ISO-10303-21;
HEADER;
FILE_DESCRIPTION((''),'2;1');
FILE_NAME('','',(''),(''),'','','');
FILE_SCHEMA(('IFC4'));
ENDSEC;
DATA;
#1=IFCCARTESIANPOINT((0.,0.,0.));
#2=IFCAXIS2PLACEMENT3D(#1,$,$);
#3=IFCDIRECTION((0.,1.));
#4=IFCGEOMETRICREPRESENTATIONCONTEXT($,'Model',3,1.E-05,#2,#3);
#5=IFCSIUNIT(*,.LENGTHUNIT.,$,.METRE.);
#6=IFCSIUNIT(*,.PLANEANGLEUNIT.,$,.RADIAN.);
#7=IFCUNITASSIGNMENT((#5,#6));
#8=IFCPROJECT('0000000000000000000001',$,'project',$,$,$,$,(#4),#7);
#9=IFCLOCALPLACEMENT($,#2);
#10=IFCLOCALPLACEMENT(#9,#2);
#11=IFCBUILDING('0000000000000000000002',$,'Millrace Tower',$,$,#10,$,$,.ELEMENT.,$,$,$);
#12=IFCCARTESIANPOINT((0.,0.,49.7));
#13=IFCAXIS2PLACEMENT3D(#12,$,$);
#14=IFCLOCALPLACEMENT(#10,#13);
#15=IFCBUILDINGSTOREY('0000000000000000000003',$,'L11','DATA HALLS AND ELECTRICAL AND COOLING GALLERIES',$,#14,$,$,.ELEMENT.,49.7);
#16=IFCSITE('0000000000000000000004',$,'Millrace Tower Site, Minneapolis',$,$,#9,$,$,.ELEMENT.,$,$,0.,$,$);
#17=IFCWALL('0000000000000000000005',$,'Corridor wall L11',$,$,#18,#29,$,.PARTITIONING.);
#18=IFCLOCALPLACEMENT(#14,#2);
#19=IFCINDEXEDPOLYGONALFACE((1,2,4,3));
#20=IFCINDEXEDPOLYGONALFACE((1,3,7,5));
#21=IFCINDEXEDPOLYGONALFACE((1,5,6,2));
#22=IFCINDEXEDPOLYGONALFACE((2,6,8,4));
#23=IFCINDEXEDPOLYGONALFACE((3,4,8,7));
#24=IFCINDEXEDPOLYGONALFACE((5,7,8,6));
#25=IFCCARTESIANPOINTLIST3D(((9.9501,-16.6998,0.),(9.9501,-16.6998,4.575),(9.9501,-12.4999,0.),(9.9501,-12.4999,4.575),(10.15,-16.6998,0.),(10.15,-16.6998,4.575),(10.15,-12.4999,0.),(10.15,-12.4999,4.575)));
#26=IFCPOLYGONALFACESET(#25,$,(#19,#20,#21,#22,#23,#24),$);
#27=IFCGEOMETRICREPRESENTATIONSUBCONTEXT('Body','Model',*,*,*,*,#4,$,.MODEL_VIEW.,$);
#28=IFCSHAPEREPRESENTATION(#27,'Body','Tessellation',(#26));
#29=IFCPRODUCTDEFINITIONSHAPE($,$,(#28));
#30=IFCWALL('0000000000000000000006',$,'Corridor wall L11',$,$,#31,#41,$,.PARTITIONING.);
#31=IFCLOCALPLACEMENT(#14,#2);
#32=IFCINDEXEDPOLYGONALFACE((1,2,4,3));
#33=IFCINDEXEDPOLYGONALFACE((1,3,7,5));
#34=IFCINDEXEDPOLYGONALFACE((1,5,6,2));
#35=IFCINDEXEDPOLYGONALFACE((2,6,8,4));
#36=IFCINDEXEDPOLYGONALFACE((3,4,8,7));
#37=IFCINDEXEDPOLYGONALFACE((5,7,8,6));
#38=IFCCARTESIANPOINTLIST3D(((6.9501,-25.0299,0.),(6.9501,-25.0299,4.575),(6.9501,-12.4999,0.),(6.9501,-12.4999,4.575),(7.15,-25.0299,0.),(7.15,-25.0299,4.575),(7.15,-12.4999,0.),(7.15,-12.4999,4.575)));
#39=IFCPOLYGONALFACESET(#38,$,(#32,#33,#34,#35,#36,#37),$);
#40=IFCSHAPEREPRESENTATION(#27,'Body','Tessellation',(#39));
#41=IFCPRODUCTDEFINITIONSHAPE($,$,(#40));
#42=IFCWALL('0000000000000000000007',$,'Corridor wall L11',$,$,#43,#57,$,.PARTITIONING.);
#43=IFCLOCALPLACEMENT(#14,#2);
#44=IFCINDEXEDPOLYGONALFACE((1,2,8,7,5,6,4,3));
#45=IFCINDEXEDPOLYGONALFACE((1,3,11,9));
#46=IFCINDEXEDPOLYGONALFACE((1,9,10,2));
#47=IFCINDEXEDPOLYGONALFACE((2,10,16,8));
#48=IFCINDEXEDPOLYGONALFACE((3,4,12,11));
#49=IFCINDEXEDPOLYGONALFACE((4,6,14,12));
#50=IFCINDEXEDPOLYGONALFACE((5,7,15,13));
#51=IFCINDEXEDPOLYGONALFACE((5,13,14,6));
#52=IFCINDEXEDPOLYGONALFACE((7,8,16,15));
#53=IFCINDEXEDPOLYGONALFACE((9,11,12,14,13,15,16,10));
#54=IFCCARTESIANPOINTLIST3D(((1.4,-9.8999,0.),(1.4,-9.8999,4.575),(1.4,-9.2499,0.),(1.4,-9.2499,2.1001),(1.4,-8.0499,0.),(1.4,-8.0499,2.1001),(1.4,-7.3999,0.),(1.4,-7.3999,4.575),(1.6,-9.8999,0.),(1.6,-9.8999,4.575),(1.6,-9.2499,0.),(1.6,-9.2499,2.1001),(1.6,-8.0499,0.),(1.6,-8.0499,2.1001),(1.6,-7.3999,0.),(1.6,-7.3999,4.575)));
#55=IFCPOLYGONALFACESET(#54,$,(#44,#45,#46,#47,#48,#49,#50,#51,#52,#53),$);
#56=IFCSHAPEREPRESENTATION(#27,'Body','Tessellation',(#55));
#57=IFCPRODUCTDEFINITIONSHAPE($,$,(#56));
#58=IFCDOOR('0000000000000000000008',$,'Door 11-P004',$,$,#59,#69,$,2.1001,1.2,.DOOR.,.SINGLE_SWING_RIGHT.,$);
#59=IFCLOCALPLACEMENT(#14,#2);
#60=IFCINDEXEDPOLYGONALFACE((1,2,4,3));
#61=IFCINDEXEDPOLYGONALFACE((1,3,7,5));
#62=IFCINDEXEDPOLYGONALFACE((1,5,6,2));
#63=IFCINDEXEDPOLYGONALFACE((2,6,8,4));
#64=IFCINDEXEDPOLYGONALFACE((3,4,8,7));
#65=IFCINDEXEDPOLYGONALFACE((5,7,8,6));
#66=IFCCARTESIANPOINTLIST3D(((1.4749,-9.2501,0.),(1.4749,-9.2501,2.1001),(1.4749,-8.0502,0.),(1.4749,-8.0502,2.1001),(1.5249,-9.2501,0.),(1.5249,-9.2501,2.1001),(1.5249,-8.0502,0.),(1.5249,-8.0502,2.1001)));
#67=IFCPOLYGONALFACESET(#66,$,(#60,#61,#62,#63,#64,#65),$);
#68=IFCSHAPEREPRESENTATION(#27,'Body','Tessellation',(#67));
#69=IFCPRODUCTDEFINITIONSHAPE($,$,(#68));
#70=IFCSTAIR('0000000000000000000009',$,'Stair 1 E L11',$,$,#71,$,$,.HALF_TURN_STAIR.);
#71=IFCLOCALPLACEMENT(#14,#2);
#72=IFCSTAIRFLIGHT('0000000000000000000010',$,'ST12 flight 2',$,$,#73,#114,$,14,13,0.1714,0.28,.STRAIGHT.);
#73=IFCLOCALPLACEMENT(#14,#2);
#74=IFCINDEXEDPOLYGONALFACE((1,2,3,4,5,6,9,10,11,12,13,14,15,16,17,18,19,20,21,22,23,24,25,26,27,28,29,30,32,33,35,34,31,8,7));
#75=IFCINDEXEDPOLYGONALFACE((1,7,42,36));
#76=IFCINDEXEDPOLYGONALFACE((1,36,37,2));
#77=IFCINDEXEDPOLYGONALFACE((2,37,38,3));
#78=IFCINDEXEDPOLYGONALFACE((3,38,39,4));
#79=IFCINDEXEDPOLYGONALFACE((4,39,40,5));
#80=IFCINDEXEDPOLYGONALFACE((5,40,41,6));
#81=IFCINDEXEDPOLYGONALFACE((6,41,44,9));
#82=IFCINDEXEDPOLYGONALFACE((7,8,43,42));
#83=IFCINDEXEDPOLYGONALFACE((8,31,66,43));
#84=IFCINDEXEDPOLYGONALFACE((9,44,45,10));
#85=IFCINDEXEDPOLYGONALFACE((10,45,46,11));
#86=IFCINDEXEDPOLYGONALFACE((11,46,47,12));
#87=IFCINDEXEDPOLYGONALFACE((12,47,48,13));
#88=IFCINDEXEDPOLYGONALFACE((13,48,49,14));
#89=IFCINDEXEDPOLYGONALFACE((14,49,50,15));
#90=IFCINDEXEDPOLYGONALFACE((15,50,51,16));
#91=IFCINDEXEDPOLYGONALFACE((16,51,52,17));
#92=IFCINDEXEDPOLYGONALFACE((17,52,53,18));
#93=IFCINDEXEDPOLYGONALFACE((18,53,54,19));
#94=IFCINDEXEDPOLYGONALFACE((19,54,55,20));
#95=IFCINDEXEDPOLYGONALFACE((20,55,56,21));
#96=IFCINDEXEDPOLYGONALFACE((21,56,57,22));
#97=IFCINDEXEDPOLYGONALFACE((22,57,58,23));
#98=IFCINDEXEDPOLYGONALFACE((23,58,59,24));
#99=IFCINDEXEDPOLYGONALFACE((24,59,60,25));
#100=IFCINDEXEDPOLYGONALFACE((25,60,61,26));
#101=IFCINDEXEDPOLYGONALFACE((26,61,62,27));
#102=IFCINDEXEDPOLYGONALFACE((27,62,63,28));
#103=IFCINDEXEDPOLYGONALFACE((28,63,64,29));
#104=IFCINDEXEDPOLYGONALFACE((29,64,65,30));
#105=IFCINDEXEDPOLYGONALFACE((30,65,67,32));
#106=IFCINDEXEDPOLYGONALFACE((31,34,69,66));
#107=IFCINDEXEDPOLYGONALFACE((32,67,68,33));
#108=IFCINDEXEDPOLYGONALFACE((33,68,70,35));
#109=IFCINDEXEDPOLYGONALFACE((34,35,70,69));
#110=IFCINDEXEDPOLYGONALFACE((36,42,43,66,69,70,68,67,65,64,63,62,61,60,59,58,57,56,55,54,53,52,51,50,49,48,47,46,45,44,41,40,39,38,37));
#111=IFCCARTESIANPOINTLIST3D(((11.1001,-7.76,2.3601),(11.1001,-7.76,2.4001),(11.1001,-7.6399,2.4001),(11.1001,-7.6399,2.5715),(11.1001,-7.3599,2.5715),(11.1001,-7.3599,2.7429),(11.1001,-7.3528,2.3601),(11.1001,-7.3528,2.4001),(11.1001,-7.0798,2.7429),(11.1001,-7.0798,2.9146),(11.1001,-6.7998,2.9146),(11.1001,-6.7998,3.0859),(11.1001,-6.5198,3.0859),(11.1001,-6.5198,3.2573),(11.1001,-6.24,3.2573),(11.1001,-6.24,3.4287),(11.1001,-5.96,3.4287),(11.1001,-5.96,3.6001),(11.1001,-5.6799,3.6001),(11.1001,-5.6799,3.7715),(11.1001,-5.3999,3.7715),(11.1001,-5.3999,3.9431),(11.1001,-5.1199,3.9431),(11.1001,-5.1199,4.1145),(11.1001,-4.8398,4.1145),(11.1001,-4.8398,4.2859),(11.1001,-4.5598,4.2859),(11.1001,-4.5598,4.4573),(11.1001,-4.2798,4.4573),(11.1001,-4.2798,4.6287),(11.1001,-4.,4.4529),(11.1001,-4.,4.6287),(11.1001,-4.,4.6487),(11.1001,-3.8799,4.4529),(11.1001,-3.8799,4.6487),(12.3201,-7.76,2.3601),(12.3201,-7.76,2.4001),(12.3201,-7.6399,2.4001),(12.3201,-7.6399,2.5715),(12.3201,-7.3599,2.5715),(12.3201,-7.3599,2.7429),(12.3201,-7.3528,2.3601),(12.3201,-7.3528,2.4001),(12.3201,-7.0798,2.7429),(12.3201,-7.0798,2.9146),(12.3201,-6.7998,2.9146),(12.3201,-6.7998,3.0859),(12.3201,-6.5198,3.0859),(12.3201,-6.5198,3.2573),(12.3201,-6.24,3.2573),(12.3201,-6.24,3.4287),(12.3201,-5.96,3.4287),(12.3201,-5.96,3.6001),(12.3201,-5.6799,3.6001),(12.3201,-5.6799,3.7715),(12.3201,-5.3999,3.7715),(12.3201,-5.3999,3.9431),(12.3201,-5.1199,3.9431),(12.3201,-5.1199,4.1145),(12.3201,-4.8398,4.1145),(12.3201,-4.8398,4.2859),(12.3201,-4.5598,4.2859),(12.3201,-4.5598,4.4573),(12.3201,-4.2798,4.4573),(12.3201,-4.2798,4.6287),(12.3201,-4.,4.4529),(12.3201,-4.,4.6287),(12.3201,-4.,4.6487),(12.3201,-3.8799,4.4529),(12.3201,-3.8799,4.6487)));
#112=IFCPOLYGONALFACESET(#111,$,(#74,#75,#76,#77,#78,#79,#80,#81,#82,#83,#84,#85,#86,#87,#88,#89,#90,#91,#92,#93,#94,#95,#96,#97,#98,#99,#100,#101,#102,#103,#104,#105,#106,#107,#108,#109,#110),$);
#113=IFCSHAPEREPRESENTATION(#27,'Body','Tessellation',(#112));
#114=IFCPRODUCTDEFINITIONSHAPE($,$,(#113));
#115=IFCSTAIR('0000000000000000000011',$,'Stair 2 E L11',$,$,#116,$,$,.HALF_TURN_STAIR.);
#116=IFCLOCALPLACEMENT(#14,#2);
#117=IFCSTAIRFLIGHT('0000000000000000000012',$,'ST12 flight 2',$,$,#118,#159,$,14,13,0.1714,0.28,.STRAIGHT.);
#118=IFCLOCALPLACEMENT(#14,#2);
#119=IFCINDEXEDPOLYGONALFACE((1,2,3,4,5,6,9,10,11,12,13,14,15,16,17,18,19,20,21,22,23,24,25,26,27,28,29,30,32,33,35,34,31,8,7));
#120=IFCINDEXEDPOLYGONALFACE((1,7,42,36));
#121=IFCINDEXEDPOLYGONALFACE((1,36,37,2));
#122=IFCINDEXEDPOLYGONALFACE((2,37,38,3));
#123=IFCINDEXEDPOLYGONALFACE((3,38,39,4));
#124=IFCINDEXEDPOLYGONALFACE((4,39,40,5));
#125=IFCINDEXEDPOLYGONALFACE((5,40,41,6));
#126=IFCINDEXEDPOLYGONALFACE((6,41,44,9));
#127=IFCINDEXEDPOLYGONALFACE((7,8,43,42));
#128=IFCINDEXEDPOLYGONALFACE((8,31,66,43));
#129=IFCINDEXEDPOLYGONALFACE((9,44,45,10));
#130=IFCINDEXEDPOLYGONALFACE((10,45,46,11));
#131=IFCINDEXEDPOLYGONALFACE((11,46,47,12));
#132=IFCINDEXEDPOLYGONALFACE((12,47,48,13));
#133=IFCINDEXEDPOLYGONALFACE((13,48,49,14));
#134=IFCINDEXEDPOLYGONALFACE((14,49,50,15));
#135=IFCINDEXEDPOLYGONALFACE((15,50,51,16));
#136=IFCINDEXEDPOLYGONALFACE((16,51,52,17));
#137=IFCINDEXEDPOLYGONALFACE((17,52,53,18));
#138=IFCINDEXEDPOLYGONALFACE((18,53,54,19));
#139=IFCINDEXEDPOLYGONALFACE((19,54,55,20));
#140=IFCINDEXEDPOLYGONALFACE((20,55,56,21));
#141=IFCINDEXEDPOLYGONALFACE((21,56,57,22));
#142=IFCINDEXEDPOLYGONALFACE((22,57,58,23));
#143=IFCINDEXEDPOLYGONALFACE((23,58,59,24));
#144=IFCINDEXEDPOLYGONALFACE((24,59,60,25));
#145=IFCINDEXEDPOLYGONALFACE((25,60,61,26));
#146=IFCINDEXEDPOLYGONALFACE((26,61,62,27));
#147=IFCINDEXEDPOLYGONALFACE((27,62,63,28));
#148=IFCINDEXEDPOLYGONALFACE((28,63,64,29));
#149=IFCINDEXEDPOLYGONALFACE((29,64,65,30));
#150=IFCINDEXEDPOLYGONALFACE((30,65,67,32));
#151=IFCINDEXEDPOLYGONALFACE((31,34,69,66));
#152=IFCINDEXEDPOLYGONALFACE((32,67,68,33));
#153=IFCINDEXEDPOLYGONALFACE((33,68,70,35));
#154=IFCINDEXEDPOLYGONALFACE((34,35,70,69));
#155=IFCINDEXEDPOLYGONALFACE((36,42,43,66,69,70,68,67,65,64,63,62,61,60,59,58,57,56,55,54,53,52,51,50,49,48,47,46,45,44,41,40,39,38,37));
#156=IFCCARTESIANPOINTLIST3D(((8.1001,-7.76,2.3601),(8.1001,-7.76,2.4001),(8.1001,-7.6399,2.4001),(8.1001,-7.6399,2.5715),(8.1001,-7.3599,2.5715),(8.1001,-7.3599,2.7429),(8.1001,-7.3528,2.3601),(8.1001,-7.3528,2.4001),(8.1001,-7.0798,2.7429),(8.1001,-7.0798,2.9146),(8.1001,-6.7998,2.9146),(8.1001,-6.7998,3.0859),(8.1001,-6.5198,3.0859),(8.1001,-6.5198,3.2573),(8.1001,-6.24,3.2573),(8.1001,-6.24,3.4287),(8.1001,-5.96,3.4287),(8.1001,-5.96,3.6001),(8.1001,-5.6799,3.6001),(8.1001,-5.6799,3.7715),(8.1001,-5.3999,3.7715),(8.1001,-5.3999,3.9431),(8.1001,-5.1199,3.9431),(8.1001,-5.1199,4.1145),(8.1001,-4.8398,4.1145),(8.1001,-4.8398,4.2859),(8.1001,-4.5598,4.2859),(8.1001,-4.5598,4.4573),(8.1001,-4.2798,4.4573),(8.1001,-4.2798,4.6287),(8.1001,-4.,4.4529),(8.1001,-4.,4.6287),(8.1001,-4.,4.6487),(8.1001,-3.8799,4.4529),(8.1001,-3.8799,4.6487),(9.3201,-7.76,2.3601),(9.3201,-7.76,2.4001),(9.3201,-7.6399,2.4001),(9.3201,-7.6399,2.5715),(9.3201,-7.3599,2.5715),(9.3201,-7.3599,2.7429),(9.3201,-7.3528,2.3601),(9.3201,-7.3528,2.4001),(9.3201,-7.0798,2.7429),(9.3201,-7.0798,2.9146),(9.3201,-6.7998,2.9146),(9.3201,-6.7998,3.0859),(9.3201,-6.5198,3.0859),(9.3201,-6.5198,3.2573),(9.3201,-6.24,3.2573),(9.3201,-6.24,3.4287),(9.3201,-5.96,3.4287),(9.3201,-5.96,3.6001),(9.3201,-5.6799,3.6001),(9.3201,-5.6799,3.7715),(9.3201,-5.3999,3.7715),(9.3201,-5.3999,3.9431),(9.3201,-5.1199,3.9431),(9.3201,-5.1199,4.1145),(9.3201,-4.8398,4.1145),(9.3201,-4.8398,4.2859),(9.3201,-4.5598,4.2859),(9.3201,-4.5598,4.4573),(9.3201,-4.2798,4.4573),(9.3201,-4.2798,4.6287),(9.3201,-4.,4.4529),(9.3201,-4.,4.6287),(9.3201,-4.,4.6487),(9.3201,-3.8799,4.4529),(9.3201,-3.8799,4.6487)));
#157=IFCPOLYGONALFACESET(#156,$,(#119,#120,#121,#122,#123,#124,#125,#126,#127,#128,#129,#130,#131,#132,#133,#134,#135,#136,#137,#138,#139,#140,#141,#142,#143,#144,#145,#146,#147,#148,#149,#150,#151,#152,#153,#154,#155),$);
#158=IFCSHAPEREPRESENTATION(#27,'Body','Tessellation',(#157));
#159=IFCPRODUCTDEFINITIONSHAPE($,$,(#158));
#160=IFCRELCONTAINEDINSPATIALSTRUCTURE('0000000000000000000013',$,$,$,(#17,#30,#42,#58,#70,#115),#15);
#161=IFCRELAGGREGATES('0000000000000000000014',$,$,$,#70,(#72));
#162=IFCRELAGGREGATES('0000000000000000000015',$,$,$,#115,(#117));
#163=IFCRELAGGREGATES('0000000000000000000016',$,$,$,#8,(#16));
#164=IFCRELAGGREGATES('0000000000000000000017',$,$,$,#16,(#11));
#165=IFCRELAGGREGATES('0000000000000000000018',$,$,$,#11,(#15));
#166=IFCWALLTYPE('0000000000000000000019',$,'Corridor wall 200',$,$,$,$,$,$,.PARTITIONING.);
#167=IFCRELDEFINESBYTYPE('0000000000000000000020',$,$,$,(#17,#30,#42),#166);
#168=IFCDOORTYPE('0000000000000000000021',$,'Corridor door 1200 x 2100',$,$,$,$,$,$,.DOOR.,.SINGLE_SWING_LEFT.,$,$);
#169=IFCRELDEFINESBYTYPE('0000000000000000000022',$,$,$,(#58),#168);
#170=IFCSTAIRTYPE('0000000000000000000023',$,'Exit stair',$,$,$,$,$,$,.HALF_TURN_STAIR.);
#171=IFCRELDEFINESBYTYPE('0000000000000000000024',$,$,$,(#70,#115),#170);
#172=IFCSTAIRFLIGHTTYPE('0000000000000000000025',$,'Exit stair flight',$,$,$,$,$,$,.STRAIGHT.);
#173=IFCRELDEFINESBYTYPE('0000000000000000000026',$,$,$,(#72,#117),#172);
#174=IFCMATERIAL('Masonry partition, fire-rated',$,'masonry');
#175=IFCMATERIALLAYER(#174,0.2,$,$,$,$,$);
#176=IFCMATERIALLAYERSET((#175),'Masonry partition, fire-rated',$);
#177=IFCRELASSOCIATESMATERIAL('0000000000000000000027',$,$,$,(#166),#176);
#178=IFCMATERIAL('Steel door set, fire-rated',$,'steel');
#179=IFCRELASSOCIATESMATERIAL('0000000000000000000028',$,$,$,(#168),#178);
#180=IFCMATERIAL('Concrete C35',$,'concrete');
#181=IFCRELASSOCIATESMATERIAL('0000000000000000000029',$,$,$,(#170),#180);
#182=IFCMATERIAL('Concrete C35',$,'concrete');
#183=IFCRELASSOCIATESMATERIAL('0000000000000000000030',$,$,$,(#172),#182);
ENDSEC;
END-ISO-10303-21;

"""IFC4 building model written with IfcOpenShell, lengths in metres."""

from ifc_helpers import new_model, si_unit, direction, frame, frame_2d, origin, place, context, subcontext, project, spatial, polyline, rectangle, outline, extrude, material, layer, layer_set, type_object, element, fill, aggregate, save


model = new_model("IFC4")

# Units and contexts
model_context = context("Model", 3, precision=1e-05, world=origin(), true_north=direction((0.0, 1.0)))
body_context = subcontext(model_context, "Body", "Model", "MODEL_VIEW")
ifc_project = project(units=[si_unit("LENGTHUNIT", "METRE"), si_unit("PLANEANGLEUNIT", "RADIAN")], contexts=[model_context])

# Site, building, storey
site_placement = place(None, origin())
site = spatial("IfcSite", under=ifc_project, at=site_placement, Name="Millrace Tower Site, Minneapolis", CompositionType="ELEMENT", RefElevation=0.0)
building_placement = place(site_placement, origin())
building = spatial("IfcBuilding", under=site, at=building_placement, Name="Millrace Tower", CompositionType="ELEMENT")
storey_placement = place(building_placement, frame((0.0, 0.0, 49.7)))
storey = spatial("IfcBuildingStorey", under=building, at=storey_placement, Name="L11", Description="DATA HALLS AND ELECTRICAL AND COOLING GALLERIES", CompositionType="ELEMENT", Elevation=49.7)

# Shared definitions
placement = place(storey_placement, origin())

# Walls
ifc_material_1 = material(Name="Masonry partition, fire-rated", Category="masonry")
ifc_layer_1 = layer(ifc_material_1, 0.2)
ifc_layer_set_1 = layer_set([ifc_layer_1], Name="Masonry partition, fire-rated")
wall_type = type_object("IfcWallType", Name="Corridor wall 200", PredefinedType="PARTITIONING", material=ifc_layer_set_1)
wall_1_placement = place(storey_placement, frame((10.05, -16.7, 0.0), z_axis=(0.0, 0.0, 1.0), x_axis=(0.0, 1.0, 0.0)))
element("IfcWall", 1, at=wall_1_placement, inside=storey, type_object=wall_type, Name="Corridor wall L11", PredefinedType="PARTITIONING", context=body_context, shape_type="SweptSolid", body=[
    extrude(rectangle(XDim=4.2, YDim=0.2, at=frame_2d((2.1001, 0.0))), origin(), (0.0, 0.0, 1.0), 4.575),
])
wall_2_placement = place(storey_placement, frame((7.05, -25.03, 0.0), z_axis=(0.0, 0.0, 1.0), x_axis=(0.0, 1.0, 0.0)))
element("IfcWall", 2, at=wall_2_placement, inside=storey, type_object=wall_type, Name="Corridor wall L11", PredefinedType="PARTITIONING", context=body_context, shape_type="SweptSolid", body=[
    extrude(rectangle(XDim=12.53, YDim=0.2, at=frame_2d((6.2651, 0.0))), origin(), (0.0, 0.0, 1.0), 4.575),
])

# Wall, opening, door
wall_3_placement = place(storey_placement, frame((1.5, -9.8999, 0.0), z_axis=(0.0, 0.0, 1.0), x_axis=(0.0, 1.0, 0.0)))
wall_3 = element("IfcWall", 3, at=wall_3_placement, inside=storey, type_object=wall_type, Name="Corridor wall L11", PredefinedType="PARTITIONING", context=body_context, shape_type="SweptSolid", body=[
    extrude(rectangle(XDim=2.5, YDim=0.2, at=frame_2d((1.25, 0.0))), origin(), (0.0, 0.0, 1.0), 4.575),
])
opening_placement = place(wall_3_placement, frame((0.6499, 0.0, 0.0)))
opening = element("IfcOpeningElement", 4, at=opening_placement, cuts=wall_3, PredefinedType="OPENING", context=body_context, shape_type="SweptSolid", body=[
    extrude(rectangle(XDim=1.2, YDim=2.1001, at=frame_2d((0.6001, 1.05))), frame((0.0, 0.1099, 0.0), z_axis=(0.0, -1.0, 0.0), x_axis=(1.0, 0.0, 0.0)), (0.0, 0.0, 1.0), 0.22),
])
ifc_material_2 = material(Name="Steel door set, fire-rated", Category="steel")
door_type = type_object("IfcDoorType", Name="Corridor door 1200 x 2100", OperationType="SINGLE_SWING_LEFT", PredefinedType="DOOR", material=ifc_material_2)
door_placement = place(opening_placement, frame((1.2, 0.0, 0.0), z_axis=(0.0, 0.0, 1.0), x_axis=(-1.0, 0.0, 0.0)))
door = element("IfcDoor", 5, at=door_placement, inside=storey, type_object=door_type, Name="Door 11-P004", OperationType="SINGLE_SWING_RIGHT", OverallHeight=2.1001, OverallWidth=1.2, PredefinedType="DOOR", context=body_context, shape_type="SweptSolid", body=[
    extrude(rectangle(XDim=1.2, YDim=2.1001, at=frame_2d((0.6001, 1.05))), frame((0.0, 0.0249, 0.0), z_axis=(0.0, -1.0, 0.0), x_axis=(1.0, 0.0, 0.0)), (0.0, 0.0, 1.0), 0.05),
])
fill(opening, door)

# Stairs, stair flights
ifc_material_3 = material(Name="Concrete C35", Category="concrete")
stair_type = type_object("IfcStairType", Name="Exit stair", PredefinedType="HALF_TURN_STAIR", material=ifc_material_3)
stair_1 = element("IfcStair", 6, at=placement, inside=storey, type_object=stair_type, Name="Stair 1 E L11", PredefinedType="HALF_TURN_STAIR")
ifc_material_4 = material(Name="Concrete C35", Category="concrete")
stair_flight_type = type_object("IfcStairFlightType", Name="Exit stair flight", PredefinedType="STRAIGHT", material=ifc_material_4)
stair_flight_1_placement = place(storey_placement, frame((11.71, -7.6399, 2.4001), z_axis=(0.0, 0.0, 1.0), x_axis=(0.0, 1.0, 0.0)))
stair_flight_1 = element("IfcStairFlight", 7, at=stair_flight_1_placement, type_object=stair_flight_type, Name="ST12 flight 2", NumberOfRisers=14, NumberOfTreads=13, PredefinedType="STRAIGHT", RiserHeight=0.1714, TreadLength=0.28, context=body_context, shape_type="SweptSolid", body=[
    extrude(outline(polyline([(-0.1201, -0.04), (-0.1201, 0.0), (0.0, 0.0), (0.0, 0.1714), (0.28, 0.1714), (0.28, 0.3428), (0.5601, 0.3428), (0.5601, 0.5144), (0.8401, 0.5144), (0.8401, 0.6858), (1.1201, 0.6858), (1.1201, 0.8572), (1.3999, 0.8572), (1.3999, 1.0286), (1.6799, 1.0286), (1.6799, 1.2), (1.96, 1.2), (1.96, 1.3713), (2.24, 1.3713), (2.24, 1.543), (2.52, 1.543), (2.52, 1.7144), (2.8, 1.7144), (2.8, 1.8857), (3.0801, 1.8857), (3.0801, 2.0571), (3.3601, 2.0571), (3.3601, 2.2285), (3.6399, 2.2285), (3.6399, 2.2485), (3.76, 2.2485), (3.76, 2.0527), (3.6399, 2.0527), (0.2871, 0.0), (0.2871, -0.04), (-0.1201, -0.04)])), frame((0.0, 0.6099, 0.0), z_axis=(0.0, -1.0, 0.0), x_axis=(1.0, 0.0, 0.0)), (0.0, 0.0, 1.0), 1.22),
])
aggregate(stair_1, [stair_flight_1])
stair_2 = element("IfcStair", 8, at=placement, inside=storey, type_object=stair_type, Name="Stair 2 E L11", PredefinedType="HALF_TURN_STAIR")
stair_flight_2_placement = place(storey_placement, frame((8.71, -7.6399, 2.4001), z_axis=(0.0, 0.0, 1.0), x_axis=(0.0, 1.0, 0.0)))
stair_flight_2 = element("IfcStairFlight", 9, at=stair_flight_2_placement, type_object=stair_flight_type, Name="ST12 flight 2", NumberOfRisers=14, NumberOfTreads=13, PredefinedType="STRAIGHT", RiserHeight=0.1714, TreadLength=0.28, context=body_context, shape_type="SweptSolid", body=[
    extrude(outline(polyline([(-0.1201, -0.04), (-0.1201, 0.0), (0.0, 0.0), (0.0, 0.1714), (0.28, 0.1714), (0.28, 0.3428), (0.5601, 0.3428), (0.5601, 0.5144), (0.8401, 0.5144), (0.8401, 0.6858), (1.1201, 0.6858), (1.1201, 0.8572), (1.3999, 0.8572), (1.3999, 1.0286), (1.6799, 1.0286), (1.6799, 1.2), (1.96, 1.2), (1.96, 1.3713), (2.24, 1.3713), (2.24, 1.543), (2.52, 1.543), (2.52, 1.7144), (2.8, 1.7144), (2.8, 1.8857), (3.0801, 1.8857), (3.0801, 2.0571), (3.3601, 2.0571), (3.3601, 2.2285), (3.6399, 2.2285), (3.6399, 2.2485), (3.76, 2.2485), (3.76, 2.0527), (3.6399, 2.0527), (0.2871, 0.0), (0.2871, -0.04), (-0.1201, -0.04)])), frame((0.0, 0.6099, 0.0), z_axis=(0.0, -1.0, 0.0), x_axis=(1.0, 0.0, 0.0)), (0.0, 0.0, 1.0), 1.22),
])
aggregate(stair_2, [stair_flight_2])

save(model, "model.ifc")
